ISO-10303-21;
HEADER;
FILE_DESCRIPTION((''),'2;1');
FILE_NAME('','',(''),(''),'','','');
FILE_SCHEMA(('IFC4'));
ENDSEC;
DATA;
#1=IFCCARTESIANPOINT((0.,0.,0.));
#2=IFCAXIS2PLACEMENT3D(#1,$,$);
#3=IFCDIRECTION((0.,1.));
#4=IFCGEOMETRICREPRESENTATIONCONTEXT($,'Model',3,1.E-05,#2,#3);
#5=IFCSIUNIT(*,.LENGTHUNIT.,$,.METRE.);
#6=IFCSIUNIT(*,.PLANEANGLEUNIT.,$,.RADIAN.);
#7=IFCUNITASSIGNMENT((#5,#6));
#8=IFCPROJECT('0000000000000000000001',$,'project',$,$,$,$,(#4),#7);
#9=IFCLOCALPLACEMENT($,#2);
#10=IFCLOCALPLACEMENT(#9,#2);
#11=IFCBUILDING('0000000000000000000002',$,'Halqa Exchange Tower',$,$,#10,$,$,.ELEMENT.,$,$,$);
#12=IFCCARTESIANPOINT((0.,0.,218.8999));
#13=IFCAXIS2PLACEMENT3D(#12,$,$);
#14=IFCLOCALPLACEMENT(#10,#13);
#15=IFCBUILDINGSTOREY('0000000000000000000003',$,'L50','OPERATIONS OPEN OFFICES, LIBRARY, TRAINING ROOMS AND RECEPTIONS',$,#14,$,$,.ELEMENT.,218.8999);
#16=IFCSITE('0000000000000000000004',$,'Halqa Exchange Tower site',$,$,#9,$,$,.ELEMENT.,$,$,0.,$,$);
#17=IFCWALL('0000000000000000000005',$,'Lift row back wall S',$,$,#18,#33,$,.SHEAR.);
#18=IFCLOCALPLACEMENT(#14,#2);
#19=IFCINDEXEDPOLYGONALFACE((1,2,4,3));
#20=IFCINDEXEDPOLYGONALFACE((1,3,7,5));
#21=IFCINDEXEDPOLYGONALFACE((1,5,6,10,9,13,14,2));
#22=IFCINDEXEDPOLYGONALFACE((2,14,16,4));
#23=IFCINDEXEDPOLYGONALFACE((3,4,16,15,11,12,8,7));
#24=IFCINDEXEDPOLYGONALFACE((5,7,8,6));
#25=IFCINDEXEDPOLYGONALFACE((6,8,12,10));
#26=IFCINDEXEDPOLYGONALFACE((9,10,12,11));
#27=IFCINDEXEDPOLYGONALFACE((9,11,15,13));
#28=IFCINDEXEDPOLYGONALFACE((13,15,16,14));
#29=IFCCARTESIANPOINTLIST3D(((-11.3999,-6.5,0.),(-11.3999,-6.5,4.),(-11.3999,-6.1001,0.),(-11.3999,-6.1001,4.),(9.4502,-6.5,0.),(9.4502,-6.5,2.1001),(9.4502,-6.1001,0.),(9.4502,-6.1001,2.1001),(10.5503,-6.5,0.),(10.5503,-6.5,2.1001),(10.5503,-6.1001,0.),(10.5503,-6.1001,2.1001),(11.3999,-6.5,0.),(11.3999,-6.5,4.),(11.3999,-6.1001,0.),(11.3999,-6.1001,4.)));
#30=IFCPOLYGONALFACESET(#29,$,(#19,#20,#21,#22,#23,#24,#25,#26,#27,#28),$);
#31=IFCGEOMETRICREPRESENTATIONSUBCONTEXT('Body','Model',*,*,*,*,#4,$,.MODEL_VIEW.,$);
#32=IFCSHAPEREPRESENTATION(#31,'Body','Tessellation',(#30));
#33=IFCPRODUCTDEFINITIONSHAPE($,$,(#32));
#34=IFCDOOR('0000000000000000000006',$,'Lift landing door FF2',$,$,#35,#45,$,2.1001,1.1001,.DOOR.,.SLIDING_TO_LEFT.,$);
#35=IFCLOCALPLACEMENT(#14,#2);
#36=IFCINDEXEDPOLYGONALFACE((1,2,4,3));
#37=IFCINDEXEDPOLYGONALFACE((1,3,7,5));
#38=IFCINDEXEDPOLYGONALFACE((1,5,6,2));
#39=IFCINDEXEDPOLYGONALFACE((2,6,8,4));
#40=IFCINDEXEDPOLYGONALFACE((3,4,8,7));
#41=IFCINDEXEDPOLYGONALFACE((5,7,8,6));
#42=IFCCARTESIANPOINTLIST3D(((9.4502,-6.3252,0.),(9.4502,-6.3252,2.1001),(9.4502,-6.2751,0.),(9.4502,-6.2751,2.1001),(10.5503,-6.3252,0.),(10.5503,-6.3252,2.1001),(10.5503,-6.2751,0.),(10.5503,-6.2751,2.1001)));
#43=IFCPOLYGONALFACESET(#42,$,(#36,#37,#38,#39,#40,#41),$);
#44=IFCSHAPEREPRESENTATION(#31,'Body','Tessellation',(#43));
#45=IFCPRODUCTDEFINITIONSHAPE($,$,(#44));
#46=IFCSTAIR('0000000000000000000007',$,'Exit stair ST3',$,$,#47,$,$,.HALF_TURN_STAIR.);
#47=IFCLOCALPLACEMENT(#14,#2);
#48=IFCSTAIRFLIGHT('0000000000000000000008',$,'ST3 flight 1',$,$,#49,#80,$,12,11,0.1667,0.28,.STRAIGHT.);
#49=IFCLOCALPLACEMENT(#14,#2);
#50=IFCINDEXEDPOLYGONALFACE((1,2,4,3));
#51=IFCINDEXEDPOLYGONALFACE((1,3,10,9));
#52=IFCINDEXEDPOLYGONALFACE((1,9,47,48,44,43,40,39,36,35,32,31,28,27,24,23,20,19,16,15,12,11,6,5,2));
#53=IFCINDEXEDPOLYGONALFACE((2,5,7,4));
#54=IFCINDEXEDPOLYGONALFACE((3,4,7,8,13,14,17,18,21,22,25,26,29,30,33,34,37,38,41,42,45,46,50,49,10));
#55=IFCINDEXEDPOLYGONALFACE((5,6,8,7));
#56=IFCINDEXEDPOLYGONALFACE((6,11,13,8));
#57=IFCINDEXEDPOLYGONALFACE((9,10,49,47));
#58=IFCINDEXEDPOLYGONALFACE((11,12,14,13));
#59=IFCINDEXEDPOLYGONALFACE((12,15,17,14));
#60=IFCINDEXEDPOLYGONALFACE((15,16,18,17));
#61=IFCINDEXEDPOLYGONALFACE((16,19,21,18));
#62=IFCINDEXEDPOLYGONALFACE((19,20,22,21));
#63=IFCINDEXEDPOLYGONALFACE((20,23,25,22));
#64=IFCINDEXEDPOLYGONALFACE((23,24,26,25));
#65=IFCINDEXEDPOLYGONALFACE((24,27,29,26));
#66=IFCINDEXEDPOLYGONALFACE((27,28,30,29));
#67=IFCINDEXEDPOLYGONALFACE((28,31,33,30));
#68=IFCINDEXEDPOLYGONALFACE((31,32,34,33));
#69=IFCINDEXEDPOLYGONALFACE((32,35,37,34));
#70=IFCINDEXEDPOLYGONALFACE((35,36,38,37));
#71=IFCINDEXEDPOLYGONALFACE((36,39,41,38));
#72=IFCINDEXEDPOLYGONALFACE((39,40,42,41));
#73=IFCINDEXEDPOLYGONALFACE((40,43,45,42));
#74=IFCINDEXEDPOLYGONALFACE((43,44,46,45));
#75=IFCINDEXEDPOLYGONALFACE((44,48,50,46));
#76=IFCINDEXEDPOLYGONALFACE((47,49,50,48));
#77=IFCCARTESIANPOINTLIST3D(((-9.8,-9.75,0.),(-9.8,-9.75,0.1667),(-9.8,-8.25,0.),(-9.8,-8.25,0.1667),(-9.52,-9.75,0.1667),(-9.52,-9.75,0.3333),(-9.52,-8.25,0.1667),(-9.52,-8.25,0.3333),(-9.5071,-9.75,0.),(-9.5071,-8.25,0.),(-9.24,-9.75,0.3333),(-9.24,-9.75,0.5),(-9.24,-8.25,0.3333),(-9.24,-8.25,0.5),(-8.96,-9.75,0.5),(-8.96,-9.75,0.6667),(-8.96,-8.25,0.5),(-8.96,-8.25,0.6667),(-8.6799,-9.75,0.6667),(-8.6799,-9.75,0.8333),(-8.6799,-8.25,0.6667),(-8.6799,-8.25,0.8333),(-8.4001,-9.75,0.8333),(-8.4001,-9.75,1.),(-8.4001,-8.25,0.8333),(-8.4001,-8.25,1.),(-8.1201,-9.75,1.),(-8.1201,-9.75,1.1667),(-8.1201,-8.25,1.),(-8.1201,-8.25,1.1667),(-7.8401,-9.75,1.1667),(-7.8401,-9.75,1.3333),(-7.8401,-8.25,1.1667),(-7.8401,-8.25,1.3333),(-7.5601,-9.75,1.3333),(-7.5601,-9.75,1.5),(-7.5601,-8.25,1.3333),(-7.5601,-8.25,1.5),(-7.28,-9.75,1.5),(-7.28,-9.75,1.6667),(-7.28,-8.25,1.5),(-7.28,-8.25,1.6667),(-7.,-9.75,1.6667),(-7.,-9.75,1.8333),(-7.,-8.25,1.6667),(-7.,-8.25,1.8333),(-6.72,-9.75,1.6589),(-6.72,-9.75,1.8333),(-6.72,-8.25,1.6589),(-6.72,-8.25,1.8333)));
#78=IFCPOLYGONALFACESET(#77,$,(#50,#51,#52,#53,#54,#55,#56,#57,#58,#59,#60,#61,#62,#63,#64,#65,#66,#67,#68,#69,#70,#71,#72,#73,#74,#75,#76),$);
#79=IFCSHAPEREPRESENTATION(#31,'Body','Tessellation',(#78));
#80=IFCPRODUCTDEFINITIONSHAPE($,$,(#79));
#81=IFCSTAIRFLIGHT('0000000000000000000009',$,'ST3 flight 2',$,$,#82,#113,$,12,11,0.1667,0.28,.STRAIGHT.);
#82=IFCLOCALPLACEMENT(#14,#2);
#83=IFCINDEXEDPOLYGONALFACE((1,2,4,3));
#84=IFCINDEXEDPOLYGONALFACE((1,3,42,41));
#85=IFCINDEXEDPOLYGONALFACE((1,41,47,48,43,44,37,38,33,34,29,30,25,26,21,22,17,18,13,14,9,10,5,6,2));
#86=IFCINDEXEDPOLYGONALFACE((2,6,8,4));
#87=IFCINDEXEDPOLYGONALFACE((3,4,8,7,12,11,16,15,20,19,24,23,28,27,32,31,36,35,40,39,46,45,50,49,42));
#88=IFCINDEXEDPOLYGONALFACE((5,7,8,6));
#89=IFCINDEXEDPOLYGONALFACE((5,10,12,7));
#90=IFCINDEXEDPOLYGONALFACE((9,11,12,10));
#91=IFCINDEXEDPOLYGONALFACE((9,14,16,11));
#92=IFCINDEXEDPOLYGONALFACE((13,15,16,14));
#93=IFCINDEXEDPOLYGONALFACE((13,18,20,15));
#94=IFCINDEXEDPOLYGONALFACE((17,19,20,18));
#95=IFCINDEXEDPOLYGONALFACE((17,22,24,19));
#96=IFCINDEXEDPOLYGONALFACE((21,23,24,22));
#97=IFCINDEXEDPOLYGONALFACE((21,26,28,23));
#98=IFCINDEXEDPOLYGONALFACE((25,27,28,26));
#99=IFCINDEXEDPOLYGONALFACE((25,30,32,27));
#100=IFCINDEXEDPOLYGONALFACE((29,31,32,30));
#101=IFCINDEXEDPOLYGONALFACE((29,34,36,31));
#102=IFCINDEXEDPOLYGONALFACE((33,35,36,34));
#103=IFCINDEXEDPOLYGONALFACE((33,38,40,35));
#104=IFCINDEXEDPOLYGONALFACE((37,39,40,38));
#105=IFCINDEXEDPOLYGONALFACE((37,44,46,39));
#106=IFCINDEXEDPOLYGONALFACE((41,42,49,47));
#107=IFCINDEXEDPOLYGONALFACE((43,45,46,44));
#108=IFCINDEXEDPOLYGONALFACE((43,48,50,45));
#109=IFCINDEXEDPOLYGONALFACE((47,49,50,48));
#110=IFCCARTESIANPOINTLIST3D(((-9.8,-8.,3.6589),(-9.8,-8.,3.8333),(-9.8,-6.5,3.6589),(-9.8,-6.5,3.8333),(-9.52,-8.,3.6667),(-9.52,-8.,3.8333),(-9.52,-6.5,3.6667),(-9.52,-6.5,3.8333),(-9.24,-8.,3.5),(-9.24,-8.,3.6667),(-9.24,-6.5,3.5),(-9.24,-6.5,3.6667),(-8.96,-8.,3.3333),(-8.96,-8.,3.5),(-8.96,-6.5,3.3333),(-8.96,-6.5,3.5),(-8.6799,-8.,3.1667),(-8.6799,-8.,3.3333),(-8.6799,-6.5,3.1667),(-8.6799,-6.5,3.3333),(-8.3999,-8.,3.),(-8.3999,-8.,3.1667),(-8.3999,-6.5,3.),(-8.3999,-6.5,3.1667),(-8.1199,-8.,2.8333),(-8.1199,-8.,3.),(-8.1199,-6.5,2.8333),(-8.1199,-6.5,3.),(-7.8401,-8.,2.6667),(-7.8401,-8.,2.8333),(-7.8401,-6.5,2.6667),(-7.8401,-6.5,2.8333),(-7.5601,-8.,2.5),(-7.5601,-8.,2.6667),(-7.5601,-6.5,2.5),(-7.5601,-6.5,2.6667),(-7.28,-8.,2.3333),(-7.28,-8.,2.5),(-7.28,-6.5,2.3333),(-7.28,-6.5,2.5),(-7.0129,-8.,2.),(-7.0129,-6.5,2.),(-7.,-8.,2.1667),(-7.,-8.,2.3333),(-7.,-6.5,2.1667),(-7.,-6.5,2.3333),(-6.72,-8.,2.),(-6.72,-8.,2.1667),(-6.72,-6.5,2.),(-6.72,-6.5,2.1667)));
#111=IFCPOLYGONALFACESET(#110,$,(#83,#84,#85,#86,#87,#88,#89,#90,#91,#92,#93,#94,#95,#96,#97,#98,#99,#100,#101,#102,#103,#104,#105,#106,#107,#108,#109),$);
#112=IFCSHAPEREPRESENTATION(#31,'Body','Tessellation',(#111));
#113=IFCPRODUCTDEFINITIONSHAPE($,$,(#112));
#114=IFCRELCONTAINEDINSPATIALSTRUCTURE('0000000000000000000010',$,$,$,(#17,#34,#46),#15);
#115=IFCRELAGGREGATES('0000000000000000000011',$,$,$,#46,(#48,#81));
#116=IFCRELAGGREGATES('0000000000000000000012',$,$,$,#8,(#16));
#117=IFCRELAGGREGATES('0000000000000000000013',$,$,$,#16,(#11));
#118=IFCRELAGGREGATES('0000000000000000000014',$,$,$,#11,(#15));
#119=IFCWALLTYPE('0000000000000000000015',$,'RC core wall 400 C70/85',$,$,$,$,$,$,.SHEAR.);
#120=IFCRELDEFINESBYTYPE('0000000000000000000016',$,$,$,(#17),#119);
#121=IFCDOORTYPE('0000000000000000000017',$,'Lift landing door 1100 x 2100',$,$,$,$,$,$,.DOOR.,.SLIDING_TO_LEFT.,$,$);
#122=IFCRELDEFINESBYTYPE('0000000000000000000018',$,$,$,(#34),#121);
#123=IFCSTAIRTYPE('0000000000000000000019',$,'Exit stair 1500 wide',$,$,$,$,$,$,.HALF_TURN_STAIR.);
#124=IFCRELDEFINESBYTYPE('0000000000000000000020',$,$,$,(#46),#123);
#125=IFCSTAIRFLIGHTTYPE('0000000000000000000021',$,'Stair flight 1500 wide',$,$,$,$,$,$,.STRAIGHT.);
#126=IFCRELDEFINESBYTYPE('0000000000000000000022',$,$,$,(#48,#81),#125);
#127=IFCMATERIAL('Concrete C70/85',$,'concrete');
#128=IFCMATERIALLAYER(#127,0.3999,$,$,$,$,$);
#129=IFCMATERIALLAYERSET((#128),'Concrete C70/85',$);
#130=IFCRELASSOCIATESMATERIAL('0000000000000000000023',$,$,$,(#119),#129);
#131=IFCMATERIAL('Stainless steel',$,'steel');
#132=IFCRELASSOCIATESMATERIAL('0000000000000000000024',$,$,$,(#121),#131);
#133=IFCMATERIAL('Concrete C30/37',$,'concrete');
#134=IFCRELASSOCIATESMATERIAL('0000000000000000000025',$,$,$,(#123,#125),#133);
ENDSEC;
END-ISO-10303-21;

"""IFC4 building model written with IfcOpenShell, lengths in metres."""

from ifc_helpers import new_model, si_unit, direction, frame, frame_2d, origin, place, context, subcontext, project, spatial, polyline, rectangle, outline, extrude, material, layer, layer_set, type_object, element, fill, aggregate, save


model = new_model("IFC4")

# Units and contexts
model_context = context("Model", 3, precision=1e-05, world=origin(), true_north=direction((0.0, 1.0)))
body_context = subcontext(model_context, "Body", "Model", "MODEL_VIEW")
ifc_project = project(units=[si_unit("LENGTHUNIT", "METRE"), si_unit("PLANEANGLEUNIT", "RADIAN")], contexts=[model_context])

# Site, building, storey
site_placement = place(None, origin())
site = spatial("IfcSite", under=ifc_project, at=site_placement, Name="Halqa Exchange Tower site", CompositionType="ELEMENT", RefElevation=0.0)
building_placement = place(site_placement, origin())
building = spatial("IfcBuilding", under=site, at=building_placement, Name="Halqa Exchange Tower", CompositionType="ELEMENT")
storey_placement = place(building_placement, frame((0.0, 0.0, 218.8999)))
storey = spatial("IfcBuildingStorey", under=building, at=storey_placement, Name="L50", Description="OPERATIONS OPEN OFFICES, LIBRARY, TRAINING ROOMS AND RECEPTIONS", CompositionType="ELEMENT", Elevation=218.8999)

# Shared definitions
ifc_material_1 = material(Name="Concrete C70/85", Category="concrete")
ifc_layer_1 = layer(ifc_material_1, 0.3999)
ifc_layer_set_1 = layer_set([ifc_layer_1], Name="Concrete C70/85")
wall_type_1 = type_object("IfcWallType", Name="RC core wall 400 C70/85", PredefinedType="SHEAR", material=ifc_layer_set_1)
ifc_material_2 = material(Name="Stainless steel", Category="steel")
door_type_1 = type_object("IfcDoorType", Name="Lift landing door 1100 x 2100", OperationType="SLIDING_TO_LEFT", PredefinedType="DOOR", material=ifc_material_2)

# Wall, opening, door
wall_1_placement = place(storey_placement, frame((-11.3999, -6.3, 0.0), z_axis=(0.0, 0.0, 1.0), x_axis=(1.0, 0.0, 0.0)))
wall_1 = element("IfcWall", 1, at=wall_1_placement, inside=storey, type_object=wall_type_1, Name="Lift row back wall S", PredefinedType="SHEAR", context=body_context, shape_type="SweptSolid", body=[
    extrude(rectangle(XDim=22.7998, YDim=0.3999, at=frame_2d((11.3999, 0.0))), origin(), (0.0, 0.0, 1.0), 4.0),
])
opening_1_placement = place(wall_1_placement, frame((20.8501, 0.0, 0.0)))
opening_1 = element("IfcOpeningElement", 2, at=opening_1_placement, cuts=wall_1, PredefinedType="OPENING", context=body_context, shape_type="SweptSolid", body=[
    extrude(rectangle(XDim=1.1001, YDim=2.1001, at=frame_2d((0.55, 1.05))), frame((0.0, 0.2119, 0.0), z_axis=(0.0, -1.0, 0.0), x_axis=(1.0, 0.0, 0.0)), (0.0, 0.0, 1.0), 0.4238),
])
door_1_placement = place(opening_1_placement, origin())
door_1 = element("IfcDoor", 3, at=door_1_placement, inside=storey, type_object=door_type_1, Name="Lift landing door FF2", OperationType="SLIDING_TO_LEFT", OverallHeight=2.1001, OverallWidth=1.1001, PredefinedType="DOOR", context=body_context, shape_type="SweptSolid", body=[
    extrude(rectangle(XDim=1.1001, YDim=2.1001, at=frame_2d((0.55, 1.05))), frame((0.0, 0.0249, 0.0), z_axis=(0.0, -1.0, 0.0), x_axis=(1.0, 0.0, 0.0)), (0.0, 0.0, 1.0), 0.05),
])
fill(opening_1, door_1)

# Stair, stair flights
ifc_material_3 = material(Name="Concrete C30/37", Category="concrete")
stair_type = type_object("IfcStairType", Name="Exit stair 1500 wide", PredefinedType="HALF_TURN_STAIR", material=ifc_material_3)
stair_placement = place(storey_placement, origin())
stair = element("IfcStair", 4, at=stair_placement, inside=storey, type_object=stair_type, Name="Exit stair ST3", PredefinedType="HALF_TURN_STAIR")
stair_flight_type = type_object("IfcStairFlightType", Name="Stair flight 1500 wide", PredefinedType="STRAIGHT", material=ifc_material_3)
stair_flight_1_placement = place(storey_placement, frame((-9.8, -9.0, 0.0), z_axis=(0.0, 0.0, 1.0), x_axis=(1.0, 0.0, 0.0)))
stair_flight_1 = element("IfcStairFlight", 5, at=stair_flight_1_placement, type_object=stair_flight_type, Name="ST3 flight 1", NumberOfRisers=12, NumberOfTreads=11, PredefinedType="STRAIGHT", RiserHeight=0.1667, TreadLength=0.28, context=body_context, shape_type="SweptSolid", body=[
    extrude(outline(polyline([(0.0, 0.0), (0.0, 0.1667), (0.28, 0.1667), (0.28, 0.3333), (0.5601, 0.3333), (0.5601, 0.5), (0.8401, 0.5), (0.8401, 0.6667), (1.1201, 0.6667), (1.1201, 0.8333), (1.3999, 0.8333), (1.3999, 1.0), (1.6799, 1.0), (1.6799, 1.1667), (1.96, 1.1667), (1.96, 1.3333), (2.24, 1.3333), (2.24, 1.5), (2.52, 1.5), (2.52, 1.6667), (2.8, 1.6667), (2.8, 1.8333), (3.0801, 1.8333), (3.0801, 2.0), (3.0801, 1.6589), (0.293, 0.0), (0.0, 0.0)])), frame((0.0, 0.75, 0.0), z_axis=(0.0, -1.0, 0.0), x_axis=(1.0, 0.0, 0.0)), (0.0, 0.0, 1.0), 1.5),
])
stair_flight_2_placement = place(storey_placement, frame((-6.72, -7.25, 2.0), z_axis=(0.0, 0.0, 1.0), x_axis=(-1.0, 0.0, 0.0)))
stair_flight_2 = element("IfcStairFlight", 6, at=stair_flight_2_placement, type_object=stair_flight_type, Name="ST3 flight 2", NumberOfRisers=12, NumberOfTreads=11, PredefinedType="STRAIGHT", RiserHeight=0.1667, TreadLength=0.28, context=body_context, shape_type="SweptSolid", body=[
    extrude(outline(polyline([(0.0, 0.0), (0.0, 0.1667), (0.28, 0.1667), (0.28, 0.3333), (0.5601, 0.3333), (0.5601, 0.5), (0.8401, 0.5), (0.8401, 0.6667), (1.1201, 0.6667), (1.1201, 0.8333), (1.3999, 0.8333), (1.3999, 1.0), (1.6799, 1.0), (1.6799, 1.1667), (1.96, 1.1667), (1.96, 1.3333), (2.24, 1.3333), (2.24, 1.5), (2.52, 1.5), (2.52, 1.6667), (2.8, 1.6667), (2.8, 1.8333), (3.0801, 1.8333), (3.0801, 2.0), (3.0801, 1.6589), (0.293, 0.0), (0.0, 0.0)])), frame((0.0, 0.75, 0.0), z_axis=(0.0, -1.0, 0.0), x_axis=(1.0, 0.0, 0.0)), (0.0, 0.0, 1.0), 1.5),
])
aggregate(stair, [stair_flight_1, stair_flight_2])

save(model, "model.ifc")
